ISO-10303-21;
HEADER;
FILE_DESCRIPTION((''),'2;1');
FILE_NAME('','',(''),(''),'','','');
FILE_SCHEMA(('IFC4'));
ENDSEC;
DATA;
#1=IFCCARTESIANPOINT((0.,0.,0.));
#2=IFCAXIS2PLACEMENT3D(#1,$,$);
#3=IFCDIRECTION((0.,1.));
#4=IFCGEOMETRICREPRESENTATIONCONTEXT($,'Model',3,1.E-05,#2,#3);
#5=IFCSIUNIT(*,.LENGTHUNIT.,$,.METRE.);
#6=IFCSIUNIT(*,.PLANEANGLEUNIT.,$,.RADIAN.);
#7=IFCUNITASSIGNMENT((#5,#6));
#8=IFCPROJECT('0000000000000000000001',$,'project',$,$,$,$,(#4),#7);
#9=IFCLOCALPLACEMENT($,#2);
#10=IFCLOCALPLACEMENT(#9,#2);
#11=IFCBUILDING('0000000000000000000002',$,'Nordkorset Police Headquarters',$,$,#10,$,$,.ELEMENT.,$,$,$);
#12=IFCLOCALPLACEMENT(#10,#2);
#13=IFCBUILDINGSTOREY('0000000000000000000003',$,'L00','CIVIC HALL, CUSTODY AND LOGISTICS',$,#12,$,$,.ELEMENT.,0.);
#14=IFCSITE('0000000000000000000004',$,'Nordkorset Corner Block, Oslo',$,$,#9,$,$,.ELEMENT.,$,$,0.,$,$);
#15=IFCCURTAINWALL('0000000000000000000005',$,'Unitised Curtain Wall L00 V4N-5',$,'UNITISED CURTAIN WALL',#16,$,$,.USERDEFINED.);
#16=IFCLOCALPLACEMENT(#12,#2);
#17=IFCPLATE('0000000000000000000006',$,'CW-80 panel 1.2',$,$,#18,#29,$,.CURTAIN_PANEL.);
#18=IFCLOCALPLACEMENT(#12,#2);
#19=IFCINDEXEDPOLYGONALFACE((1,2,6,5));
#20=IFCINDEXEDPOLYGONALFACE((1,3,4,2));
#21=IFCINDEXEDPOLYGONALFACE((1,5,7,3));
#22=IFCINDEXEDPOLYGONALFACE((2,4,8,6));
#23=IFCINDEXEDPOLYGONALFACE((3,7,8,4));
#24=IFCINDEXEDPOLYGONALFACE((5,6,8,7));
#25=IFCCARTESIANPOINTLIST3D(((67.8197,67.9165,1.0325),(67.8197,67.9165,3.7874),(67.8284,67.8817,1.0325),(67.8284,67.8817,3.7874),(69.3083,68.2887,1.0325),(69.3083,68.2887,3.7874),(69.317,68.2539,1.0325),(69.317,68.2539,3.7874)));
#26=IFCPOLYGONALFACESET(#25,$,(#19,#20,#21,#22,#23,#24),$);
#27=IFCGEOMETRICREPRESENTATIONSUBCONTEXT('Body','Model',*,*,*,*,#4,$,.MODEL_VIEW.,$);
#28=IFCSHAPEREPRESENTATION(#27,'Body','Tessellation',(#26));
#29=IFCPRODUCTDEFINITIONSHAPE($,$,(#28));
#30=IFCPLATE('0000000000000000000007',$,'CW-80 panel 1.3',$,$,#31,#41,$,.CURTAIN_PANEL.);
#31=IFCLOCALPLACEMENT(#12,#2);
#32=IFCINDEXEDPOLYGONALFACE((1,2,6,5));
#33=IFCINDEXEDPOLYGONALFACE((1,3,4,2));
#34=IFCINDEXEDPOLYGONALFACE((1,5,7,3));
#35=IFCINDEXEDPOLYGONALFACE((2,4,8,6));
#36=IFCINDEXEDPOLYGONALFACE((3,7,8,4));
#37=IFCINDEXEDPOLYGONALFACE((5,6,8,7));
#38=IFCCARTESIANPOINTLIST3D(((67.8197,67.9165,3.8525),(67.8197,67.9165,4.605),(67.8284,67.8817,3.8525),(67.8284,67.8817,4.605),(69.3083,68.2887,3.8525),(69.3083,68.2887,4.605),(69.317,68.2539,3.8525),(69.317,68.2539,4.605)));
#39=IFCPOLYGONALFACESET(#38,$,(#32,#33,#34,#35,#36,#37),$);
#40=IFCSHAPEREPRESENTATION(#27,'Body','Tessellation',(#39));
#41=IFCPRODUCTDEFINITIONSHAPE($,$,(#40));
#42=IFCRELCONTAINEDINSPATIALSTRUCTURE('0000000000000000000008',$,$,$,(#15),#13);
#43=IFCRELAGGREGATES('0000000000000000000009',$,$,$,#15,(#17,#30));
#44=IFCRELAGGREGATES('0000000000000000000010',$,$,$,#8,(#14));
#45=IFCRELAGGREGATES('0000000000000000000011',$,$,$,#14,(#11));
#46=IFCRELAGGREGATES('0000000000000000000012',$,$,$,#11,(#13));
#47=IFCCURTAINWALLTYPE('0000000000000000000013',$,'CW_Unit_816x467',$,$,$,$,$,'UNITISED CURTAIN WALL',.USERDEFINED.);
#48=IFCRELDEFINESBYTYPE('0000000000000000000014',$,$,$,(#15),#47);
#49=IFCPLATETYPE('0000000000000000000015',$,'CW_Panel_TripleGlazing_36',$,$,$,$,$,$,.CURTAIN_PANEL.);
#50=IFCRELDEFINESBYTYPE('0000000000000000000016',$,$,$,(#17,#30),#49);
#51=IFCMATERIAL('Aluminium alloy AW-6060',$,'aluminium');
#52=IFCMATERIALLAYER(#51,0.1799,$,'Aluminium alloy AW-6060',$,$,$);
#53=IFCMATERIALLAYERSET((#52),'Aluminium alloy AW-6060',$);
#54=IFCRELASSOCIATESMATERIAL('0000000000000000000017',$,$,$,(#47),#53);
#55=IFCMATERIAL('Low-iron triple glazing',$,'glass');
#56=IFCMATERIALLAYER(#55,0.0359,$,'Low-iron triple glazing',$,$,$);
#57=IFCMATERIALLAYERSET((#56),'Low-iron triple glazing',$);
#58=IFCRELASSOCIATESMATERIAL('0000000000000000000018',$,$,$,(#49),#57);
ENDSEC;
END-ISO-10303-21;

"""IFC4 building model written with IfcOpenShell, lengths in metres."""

from ifc_helpers import new_model, si_unit, direction, frame, origin, origin_2d, place, context, subcontext, project, spatial, rectangle, extrude, material, layer, layer_set, type_object, element, aggregate, save


model = new_model("IFC4")

# Units and contexts
model_context = context("Model", 3, precision=1e-05, world=origin(), true_north=direction((0.0, 1.0)))
body_context = subcontext(model_context, "Body", "Model", "MODEL_VIEW")
ifc_project = project(units=[si_unit("LENGTHUNIT", "METRE"), si_unit("PLANEANGLEUNIT", "RADIAN")], contexts=[model_context])

# Site, building, storey
site_placement = place(None, origin())
site = spatial("IfcSite", under=ifc_project, at=site_placement, Name="Nordkorset Corner Block, Oslo", CompositionType="ELEMENT", RefElevation=0.0)
building_placement = place(site_placement, origin())
building = spatial("IfcBuilding", under=site, at=building_placement, Name="Nordkorset Police Headquarters", CompositionType="ELEMENT")
storey_placement = place(building_placement, origin())
storey = spatial("IfcBuildingStorey", under=building, at=storey_placement, Name="L00", Description="CIVIC HALL, CUSTODY AND LOGISTICS", CompositionType="ELEMENT", Elevation=0.0)

# Curtain wall
ifc_material_1 = material(Name="Aluminium alloy AW-6060", Category="aluminium")
ifc_layer_1 = layer(ifc_material_1, 0.1799, Name="Aluminium alloy AW-6060")
ifc_layer_set_1 = layer_set([ifc_layer_1], Name="Aluminium alloy AW-6060")
curtain_wall_type = type_object("IfcCurtainWallType", Name="CW_Unit_816x467", ElementType="UNITISED CURTAIN WALL", PredefinedType="USERDEFINED", material=ifc_layer_set_1)
curtain_wall_1_placement = place(storey_placement, origin())
curtain_wall_1 = element("IfcCurtainWall", 1, at=curtain_wall_1_placement, inside=storey, type_object=curtain_wall_type, Name="Unitised Curtain Wall L00 V4N-5", ObjectType="UNITISED CURTAIN WALL", PredefinedType="USERDEFINED")

# Plates
ifc_material_2 = material(Name="Low-iron triple glazing", Category="glass")
ifc_layer_2 = layer(ifc_material_2, 0.0359, Name="Low-iron triple glazing")
ifc_layer_set_2 = layer_set([ifc_layer_2], Name="Low-iron triple glazing")
plate_type = type_object("IfcPlateType", Name="CW_Panel_TripleGlazing_36", PredefinedType="CURTAIN_PANEL", material=ifc_layer_set_2)
plate_1_placement = place(storey_placement, frame((68.5684, 68.0852, 1.0325), z_axis=(0.0, 0.0, 1.0), x_axis=(0.970143, 0.242536, 0.0)))
plate_1 = element("IfcPlate", 2, at=plate_1_placement, type_object=plate_type, Name="CW-80 panel 1.2", PredefinedType="CURTAIN_PANEL", context=body_context, shape_type="SweptSolid", body=[
    extrude(rectangle(XDim=1.5344, YDim=0.0359, at=origin_2d()), origin(), (0.0, 0.0, 1.0), 2.7549),
])
plate_2_placement = place(storey_placement, frame((68.5684, 68.0852, 3.8525), z_axis=(0.0, 0.0, 1.0), x_axis=(0.970143, 0.242536, 0.0)))
plate_2 = element("IfcPlate", 3, at=plate_2_placement, type_object=plate_type, Name="CW-80 panel 1.3", PredefinedType="CURTAIN_PANEL", context=body_context, shape_type="SweptSolid", body=[
    extrude(rectangle(XDim=1.5344, YDim=0.0359, at=origin_2d()), origin(), (0.0, 0.0, 1.0), 0.7524),
])
aggregate(curtain_wall_1, [plate_1, plate_2])

save(model, "model.ifc")
